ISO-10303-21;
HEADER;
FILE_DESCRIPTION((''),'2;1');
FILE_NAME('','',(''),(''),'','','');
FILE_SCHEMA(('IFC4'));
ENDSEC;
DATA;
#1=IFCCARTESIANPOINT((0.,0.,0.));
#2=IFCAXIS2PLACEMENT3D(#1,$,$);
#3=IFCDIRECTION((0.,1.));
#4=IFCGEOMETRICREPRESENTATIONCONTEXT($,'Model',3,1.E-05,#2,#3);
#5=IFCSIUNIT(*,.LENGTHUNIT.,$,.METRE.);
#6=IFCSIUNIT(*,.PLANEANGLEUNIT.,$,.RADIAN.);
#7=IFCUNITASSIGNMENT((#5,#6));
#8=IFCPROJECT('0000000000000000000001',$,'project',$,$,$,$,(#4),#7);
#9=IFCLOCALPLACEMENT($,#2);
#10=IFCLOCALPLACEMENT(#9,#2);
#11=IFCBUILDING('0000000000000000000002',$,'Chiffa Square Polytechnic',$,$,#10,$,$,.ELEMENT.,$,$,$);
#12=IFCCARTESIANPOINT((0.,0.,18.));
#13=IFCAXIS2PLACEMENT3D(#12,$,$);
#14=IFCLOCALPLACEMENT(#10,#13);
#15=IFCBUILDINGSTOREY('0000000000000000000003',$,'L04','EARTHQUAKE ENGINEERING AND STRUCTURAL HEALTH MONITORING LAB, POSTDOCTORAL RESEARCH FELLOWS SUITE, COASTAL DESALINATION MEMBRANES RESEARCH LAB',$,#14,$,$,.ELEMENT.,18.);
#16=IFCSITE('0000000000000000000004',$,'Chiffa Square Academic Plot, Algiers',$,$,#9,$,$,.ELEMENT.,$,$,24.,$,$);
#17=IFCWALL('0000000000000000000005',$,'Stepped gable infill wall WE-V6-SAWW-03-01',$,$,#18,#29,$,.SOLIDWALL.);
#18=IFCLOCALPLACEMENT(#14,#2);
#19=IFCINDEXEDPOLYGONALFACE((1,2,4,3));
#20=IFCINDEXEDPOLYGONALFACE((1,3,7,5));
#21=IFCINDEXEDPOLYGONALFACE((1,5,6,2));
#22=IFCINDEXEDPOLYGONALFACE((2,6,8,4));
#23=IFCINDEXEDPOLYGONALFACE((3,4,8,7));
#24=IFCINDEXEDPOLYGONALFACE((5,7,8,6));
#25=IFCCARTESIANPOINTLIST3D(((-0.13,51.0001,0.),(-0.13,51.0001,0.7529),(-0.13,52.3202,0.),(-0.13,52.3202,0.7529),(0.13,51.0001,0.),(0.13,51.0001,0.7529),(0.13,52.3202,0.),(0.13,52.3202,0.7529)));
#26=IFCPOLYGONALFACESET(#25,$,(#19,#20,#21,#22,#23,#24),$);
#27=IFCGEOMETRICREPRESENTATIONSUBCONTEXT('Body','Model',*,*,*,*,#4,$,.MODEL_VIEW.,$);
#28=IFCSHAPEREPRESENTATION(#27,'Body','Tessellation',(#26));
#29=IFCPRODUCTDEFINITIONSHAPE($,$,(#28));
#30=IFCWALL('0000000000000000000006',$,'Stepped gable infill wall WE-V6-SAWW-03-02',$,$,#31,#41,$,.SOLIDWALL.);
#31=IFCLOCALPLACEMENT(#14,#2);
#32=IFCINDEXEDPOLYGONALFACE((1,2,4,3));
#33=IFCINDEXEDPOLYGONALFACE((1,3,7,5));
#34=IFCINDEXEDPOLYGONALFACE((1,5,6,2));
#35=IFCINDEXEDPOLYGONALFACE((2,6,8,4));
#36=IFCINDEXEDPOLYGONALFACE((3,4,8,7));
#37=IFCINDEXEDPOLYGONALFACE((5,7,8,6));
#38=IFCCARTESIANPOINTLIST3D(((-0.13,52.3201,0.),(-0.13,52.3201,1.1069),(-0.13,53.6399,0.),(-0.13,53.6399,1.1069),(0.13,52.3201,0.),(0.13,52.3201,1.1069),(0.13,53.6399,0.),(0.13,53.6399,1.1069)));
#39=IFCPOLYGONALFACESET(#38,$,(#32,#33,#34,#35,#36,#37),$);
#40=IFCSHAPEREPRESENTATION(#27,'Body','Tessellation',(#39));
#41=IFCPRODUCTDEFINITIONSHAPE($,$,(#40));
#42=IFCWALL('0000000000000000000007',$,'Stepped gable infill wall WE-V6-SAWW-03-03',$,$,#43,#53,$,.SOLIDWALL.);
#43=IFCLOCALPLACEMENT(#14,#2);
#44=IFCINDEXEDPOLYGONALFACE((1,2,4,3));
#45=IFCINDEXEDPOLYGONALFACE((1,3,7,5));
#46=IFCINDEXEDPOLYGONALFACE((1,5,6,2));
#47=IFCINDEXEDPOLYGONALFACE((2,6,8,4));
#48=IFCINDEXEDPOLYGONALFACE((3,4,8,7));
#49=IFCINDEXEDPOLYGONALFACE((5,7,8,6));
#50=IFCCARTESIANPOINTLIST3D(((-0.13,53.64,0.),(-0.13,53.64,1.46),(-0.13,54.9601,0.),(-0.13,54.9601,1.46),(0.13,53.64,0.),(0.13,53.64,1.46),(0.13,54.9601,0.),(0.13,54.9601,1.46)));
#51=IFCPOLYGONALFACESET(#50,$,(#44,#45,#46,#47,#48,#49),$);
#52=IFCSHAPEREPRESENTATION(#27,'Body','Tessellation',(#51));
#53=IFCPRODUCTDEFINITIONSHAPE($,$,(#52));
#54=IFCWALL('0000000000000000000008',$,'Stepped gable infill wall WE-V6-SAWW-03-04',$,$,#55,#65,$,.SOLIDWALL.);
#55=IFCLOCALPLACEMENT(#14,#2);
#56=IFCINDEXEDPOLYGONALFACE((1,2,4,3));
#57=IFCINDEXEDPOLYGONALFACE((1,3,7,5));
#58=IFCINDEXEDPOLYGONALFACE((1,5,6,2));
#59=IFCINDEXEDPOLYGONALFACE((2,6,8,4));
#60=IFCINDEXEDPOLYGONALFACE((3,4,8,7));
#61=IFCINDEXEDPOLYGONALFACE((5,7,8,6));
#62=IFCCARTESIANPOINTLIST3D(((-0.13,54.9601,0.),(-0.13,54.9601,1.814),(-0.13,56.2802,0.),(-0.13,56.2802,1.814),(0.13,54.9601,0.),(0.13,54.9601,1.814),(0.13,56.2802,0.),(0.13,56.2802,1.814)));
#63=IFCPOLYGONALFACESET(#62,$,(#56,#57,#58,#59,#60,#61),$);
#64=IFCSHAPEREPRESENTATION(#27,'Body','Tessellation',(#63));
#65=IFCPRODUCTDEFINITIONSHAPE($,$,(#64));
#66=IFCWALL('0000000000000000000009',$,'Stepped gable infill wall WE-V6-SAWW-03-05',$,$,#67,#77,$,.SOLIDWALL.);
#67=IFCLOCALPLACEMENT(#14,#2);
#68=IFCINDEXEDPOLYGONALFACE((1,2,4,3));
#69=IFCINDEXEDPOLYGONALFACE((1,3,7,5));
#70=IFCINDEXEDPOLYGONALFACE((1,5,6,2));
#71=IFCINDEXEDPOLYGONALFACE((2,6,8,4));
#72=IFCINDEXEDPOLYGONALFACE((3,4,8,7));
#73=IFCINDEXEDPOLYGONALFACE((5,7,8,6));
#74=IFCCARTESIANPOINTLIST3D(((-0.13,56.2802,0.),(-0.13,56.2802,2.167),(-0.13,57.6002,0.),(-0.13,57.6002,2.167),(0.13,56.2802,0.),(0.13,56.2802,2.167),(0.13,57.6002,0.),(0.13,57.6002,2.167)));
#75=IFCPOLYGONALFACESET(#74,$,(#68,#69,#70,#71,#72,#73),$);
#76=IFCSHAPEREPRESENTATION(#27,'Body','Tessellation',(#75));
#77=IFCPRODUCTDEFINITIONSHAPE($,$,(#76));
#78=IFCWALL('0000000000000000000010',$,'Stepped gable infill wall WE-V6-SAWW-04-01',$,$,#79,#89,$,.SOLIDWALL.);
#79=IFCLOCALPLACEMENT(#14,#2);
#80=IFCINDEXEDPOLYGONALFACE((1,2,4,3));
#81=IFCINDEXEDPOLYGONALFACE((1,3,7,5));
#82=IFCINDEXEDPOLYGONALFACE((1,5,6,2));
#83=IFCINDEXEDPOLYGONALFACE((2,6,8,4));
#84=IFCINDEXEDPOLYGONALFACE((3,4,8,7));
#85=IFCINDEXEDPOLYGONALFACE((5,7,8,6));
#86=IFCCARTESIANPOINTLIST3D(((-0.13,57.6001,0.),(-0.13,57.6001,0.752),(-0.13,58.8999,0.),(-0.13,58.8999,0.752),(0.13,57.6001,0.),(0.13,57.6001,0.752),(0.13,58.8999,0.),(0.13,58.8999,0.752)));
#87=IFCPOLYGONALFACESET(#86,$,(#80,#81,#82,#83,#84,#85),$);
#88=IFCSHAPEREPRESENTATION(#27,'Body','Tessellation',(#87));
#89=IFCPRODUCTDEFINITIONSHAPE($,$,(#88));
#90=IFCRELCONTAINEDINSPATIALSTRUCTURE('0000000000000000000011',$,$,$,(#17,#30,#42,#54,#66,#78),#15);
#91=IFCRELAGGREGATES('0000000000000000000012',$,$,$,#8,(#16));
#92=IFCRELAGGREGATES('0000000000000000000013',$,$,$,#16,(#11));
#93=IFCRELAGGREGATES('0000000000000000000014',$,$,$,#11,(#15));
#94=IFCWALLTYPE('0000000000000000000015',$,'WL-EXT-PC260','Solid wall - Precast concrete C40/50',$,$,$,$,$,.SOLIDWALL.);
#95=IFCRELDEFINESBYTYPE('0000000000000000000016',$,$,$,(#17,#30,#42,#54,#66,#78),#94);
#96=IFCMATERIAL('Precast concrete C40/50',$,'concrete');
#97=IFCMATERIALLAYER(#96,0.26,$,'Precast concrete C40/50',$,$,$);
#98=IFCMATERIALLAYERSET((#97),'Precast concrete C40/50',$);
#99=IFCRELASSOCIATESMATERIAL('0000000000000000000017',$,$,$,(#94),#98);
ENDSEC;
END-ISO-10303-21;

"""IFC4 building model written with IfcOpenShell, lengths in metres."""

from ifc_helpers import new_model, si_unit, direction, frame, frame_2d, origin, place, context, subcontext, project, spatial, rectangle, extrude, material, layer, layer_set, type_object, element, save


model = new_model("IFC4")

# Units and contexts
model_context = context("Model", 3, precision=1e-05, world=origin(), true_north=direction((0.0, 1.0)))
body_context = subcontext(model_context, "Body", "Model", "MODEL_VIEW")
ifc_project = project(units=[si_unit("LENGTHUNIT", "METRE"), si_unit("PLANEANGLEUNIT", "RADIAN")], contexts=[model_context])

# Site, building, storey
site_placement = place(None, origin())
site = spatial("IfcSite", under=ifc_project, at=site_placement, Name="Chiffa Square Academic Plot, Algiers", CompositionType="ELEMENT", RefElevation=24.0)
building_placement = place(site_placement, origin())
building = spatial("IfcBuilding", under=site, at=building_placement, Name="Chiffa Square Polytechnic", CompositionType="ELEMENT")
storey_placement = place(building_placement, frame((0.0, 0.0, 18.0)))
storey = spatial("IfcBuildingStorey", under=building, at=storey_placement, Name="L04", Description="EARTHQUAKE ENGINEERING AND STRUCTURAL HEALTH MONITORING LAB, POSTDOCTORAL RESEARCH FELLOWS SUITE, COASTAL DESALINATION MEMBRANES RESEARCH LAB", CompositionType="ELEMENT", Elevation=18.0)

# Walls
ifc_material_1 = material(Name="Precast concrete C40/50", Category="concrete")
ifc_layer_1 = layer(ifc_material_1, 0.26, Name="Precast concrete C40/50")
ifc_layer_set_1 = layer_set([ifc_layer_1], Name="Precast concrete C40/50")
wall_type = type_object("IfcWallType", Name="WL-EXT-PC260", Description="Solid wall - Precast concrete C40/50", PredefinedType="SOLIDWALL", material=ifc_layer_set_1)
wall_1_placement = place(storey_placement, frame((0.0, 51.0, 0.0), z_axis=(0.0, 0.0, 1.0), x_axis=(0.0, 1.0, 0.0)))
element("IfcWall", 1, at=wall_1_placement, inside=storey, type_object=wall_type, Name="Stepped gable infill wall WE-V6-SAWW-03-01", PredefinedType="SOLIDWALL", context=body_context, shape_type="SweptSolid", body=[
    extrude(rectangle(XDim=1.3201, YDim=0.26, at=frame_2d((0.6602, 0.0))), origin(), (0.0, 0.0, 1.0), 0.7529),
])
wall_2_placement = place(storey_placement, frame((0.0, 52.3201, 0.0), z_axis=(0.0, 0.0, 1.0), x_axis=(0.0, 1.0, 0.0)))
element("IfcWall", 2, at=wall_2_placement, inside=storey, type_object=wall_type, Name="Stepped gable infill wall WE-V6-SAWW-03-02", PredefinedType="SOLIDWALL", context=body_context, shape_type="SweptSolid", body=[
    extrude(rectangle(XDim=1.3198, YDim=0.26, at=frame_2d((0.6599, 0.0))), origin(), (0.0, 0.0, 1.0), 1.1069),
])
wall_3_placement = place(storey_placement, frame((0.0, 53.6399, 0.0), z_axis=(0.0, 0.0, 1.0), x_axis=(0.0, 1.0, 0.0)))
element("IfcWall", 3, at=wall_3_placement, inside=storey, type_object=wall_type, Name="Stepped gable infill wall WE-V6-SAWW-03-03", PredefinedType="SOLIDWALL", context=body_context, shape_type="SweptSolid", body=[
    extrude(rectangle(XDim=1.3201, YDim=0.26, at=frame_2d((0.6602, 0.0))), origin(), (0.0, 0.0, 1.0), 1.46),
])
wall_4_placement = place(storey_placement, frame((0.0, 54.96, 0.0), z_axis=(0.0, 0.0, 1.0), x_axis=(0.0, 1.0, 0.0)))
element("IfcWall", 4, at=wall_4_placement, inside=storey, type_object=wall_type, Name="Stepped gable infill wall WE-V6-SAWW-03-04", PredefinedType="SOLIDWALL", context=body_context, shape_type="SweptSolid", body=[
    extrude(rectangle(XDim=1.3201, YDim=0.26, at=frame_2d((0.6602, 0.0))), origin(), (0.0, 0.0, 1.0), 1.814),
])
wall_5_placement = place(storey_placement, frame((0.0, 56.28, 0.0), z_axis=(0.0, 0.0, 1.0), x_axis=(0.0, 1.0, 0.0)))
element("IfcWall", 5, at=wall_5_placement, inside=storey, type_object=wall_type, Name="Stepped gable infill wall WE-V6-SAWW-03-05", PredefinedType="SOLIDWALL", context=body_context, shape_type="SweptSolid", body=[
    extrude(rectangle(XDim=1.3201, YDim=0.26, at=frame_2d((0.6602, 0.0))), origin(), (0.0, 0.0, 1.0), 2.167),
])
wall_6_placement = place(storey_placement, frame((0.0, 57.6001, 0.0), z_axis=(0.0, 0.0, 1.0), x_axis=(0.0, 1.0, 0.0)))
element("IfcWall", 6, at=wall_6_placement, inside=storey, type_object=wall_type, Name="Stepped gable infill wall WE-V6-SAWW-04-01", PredefinedType="SOLIDWALL", context=body_context, shape_type="SweptSolid", body=[
    extrude(rectangle(XDim=1.2998, YDim=0.26, at=frame_2d((0.6499, 0.0))), origin(), (0.0, 0.0, 1.0), 0.752),
])

save(model, "model.ifc")
